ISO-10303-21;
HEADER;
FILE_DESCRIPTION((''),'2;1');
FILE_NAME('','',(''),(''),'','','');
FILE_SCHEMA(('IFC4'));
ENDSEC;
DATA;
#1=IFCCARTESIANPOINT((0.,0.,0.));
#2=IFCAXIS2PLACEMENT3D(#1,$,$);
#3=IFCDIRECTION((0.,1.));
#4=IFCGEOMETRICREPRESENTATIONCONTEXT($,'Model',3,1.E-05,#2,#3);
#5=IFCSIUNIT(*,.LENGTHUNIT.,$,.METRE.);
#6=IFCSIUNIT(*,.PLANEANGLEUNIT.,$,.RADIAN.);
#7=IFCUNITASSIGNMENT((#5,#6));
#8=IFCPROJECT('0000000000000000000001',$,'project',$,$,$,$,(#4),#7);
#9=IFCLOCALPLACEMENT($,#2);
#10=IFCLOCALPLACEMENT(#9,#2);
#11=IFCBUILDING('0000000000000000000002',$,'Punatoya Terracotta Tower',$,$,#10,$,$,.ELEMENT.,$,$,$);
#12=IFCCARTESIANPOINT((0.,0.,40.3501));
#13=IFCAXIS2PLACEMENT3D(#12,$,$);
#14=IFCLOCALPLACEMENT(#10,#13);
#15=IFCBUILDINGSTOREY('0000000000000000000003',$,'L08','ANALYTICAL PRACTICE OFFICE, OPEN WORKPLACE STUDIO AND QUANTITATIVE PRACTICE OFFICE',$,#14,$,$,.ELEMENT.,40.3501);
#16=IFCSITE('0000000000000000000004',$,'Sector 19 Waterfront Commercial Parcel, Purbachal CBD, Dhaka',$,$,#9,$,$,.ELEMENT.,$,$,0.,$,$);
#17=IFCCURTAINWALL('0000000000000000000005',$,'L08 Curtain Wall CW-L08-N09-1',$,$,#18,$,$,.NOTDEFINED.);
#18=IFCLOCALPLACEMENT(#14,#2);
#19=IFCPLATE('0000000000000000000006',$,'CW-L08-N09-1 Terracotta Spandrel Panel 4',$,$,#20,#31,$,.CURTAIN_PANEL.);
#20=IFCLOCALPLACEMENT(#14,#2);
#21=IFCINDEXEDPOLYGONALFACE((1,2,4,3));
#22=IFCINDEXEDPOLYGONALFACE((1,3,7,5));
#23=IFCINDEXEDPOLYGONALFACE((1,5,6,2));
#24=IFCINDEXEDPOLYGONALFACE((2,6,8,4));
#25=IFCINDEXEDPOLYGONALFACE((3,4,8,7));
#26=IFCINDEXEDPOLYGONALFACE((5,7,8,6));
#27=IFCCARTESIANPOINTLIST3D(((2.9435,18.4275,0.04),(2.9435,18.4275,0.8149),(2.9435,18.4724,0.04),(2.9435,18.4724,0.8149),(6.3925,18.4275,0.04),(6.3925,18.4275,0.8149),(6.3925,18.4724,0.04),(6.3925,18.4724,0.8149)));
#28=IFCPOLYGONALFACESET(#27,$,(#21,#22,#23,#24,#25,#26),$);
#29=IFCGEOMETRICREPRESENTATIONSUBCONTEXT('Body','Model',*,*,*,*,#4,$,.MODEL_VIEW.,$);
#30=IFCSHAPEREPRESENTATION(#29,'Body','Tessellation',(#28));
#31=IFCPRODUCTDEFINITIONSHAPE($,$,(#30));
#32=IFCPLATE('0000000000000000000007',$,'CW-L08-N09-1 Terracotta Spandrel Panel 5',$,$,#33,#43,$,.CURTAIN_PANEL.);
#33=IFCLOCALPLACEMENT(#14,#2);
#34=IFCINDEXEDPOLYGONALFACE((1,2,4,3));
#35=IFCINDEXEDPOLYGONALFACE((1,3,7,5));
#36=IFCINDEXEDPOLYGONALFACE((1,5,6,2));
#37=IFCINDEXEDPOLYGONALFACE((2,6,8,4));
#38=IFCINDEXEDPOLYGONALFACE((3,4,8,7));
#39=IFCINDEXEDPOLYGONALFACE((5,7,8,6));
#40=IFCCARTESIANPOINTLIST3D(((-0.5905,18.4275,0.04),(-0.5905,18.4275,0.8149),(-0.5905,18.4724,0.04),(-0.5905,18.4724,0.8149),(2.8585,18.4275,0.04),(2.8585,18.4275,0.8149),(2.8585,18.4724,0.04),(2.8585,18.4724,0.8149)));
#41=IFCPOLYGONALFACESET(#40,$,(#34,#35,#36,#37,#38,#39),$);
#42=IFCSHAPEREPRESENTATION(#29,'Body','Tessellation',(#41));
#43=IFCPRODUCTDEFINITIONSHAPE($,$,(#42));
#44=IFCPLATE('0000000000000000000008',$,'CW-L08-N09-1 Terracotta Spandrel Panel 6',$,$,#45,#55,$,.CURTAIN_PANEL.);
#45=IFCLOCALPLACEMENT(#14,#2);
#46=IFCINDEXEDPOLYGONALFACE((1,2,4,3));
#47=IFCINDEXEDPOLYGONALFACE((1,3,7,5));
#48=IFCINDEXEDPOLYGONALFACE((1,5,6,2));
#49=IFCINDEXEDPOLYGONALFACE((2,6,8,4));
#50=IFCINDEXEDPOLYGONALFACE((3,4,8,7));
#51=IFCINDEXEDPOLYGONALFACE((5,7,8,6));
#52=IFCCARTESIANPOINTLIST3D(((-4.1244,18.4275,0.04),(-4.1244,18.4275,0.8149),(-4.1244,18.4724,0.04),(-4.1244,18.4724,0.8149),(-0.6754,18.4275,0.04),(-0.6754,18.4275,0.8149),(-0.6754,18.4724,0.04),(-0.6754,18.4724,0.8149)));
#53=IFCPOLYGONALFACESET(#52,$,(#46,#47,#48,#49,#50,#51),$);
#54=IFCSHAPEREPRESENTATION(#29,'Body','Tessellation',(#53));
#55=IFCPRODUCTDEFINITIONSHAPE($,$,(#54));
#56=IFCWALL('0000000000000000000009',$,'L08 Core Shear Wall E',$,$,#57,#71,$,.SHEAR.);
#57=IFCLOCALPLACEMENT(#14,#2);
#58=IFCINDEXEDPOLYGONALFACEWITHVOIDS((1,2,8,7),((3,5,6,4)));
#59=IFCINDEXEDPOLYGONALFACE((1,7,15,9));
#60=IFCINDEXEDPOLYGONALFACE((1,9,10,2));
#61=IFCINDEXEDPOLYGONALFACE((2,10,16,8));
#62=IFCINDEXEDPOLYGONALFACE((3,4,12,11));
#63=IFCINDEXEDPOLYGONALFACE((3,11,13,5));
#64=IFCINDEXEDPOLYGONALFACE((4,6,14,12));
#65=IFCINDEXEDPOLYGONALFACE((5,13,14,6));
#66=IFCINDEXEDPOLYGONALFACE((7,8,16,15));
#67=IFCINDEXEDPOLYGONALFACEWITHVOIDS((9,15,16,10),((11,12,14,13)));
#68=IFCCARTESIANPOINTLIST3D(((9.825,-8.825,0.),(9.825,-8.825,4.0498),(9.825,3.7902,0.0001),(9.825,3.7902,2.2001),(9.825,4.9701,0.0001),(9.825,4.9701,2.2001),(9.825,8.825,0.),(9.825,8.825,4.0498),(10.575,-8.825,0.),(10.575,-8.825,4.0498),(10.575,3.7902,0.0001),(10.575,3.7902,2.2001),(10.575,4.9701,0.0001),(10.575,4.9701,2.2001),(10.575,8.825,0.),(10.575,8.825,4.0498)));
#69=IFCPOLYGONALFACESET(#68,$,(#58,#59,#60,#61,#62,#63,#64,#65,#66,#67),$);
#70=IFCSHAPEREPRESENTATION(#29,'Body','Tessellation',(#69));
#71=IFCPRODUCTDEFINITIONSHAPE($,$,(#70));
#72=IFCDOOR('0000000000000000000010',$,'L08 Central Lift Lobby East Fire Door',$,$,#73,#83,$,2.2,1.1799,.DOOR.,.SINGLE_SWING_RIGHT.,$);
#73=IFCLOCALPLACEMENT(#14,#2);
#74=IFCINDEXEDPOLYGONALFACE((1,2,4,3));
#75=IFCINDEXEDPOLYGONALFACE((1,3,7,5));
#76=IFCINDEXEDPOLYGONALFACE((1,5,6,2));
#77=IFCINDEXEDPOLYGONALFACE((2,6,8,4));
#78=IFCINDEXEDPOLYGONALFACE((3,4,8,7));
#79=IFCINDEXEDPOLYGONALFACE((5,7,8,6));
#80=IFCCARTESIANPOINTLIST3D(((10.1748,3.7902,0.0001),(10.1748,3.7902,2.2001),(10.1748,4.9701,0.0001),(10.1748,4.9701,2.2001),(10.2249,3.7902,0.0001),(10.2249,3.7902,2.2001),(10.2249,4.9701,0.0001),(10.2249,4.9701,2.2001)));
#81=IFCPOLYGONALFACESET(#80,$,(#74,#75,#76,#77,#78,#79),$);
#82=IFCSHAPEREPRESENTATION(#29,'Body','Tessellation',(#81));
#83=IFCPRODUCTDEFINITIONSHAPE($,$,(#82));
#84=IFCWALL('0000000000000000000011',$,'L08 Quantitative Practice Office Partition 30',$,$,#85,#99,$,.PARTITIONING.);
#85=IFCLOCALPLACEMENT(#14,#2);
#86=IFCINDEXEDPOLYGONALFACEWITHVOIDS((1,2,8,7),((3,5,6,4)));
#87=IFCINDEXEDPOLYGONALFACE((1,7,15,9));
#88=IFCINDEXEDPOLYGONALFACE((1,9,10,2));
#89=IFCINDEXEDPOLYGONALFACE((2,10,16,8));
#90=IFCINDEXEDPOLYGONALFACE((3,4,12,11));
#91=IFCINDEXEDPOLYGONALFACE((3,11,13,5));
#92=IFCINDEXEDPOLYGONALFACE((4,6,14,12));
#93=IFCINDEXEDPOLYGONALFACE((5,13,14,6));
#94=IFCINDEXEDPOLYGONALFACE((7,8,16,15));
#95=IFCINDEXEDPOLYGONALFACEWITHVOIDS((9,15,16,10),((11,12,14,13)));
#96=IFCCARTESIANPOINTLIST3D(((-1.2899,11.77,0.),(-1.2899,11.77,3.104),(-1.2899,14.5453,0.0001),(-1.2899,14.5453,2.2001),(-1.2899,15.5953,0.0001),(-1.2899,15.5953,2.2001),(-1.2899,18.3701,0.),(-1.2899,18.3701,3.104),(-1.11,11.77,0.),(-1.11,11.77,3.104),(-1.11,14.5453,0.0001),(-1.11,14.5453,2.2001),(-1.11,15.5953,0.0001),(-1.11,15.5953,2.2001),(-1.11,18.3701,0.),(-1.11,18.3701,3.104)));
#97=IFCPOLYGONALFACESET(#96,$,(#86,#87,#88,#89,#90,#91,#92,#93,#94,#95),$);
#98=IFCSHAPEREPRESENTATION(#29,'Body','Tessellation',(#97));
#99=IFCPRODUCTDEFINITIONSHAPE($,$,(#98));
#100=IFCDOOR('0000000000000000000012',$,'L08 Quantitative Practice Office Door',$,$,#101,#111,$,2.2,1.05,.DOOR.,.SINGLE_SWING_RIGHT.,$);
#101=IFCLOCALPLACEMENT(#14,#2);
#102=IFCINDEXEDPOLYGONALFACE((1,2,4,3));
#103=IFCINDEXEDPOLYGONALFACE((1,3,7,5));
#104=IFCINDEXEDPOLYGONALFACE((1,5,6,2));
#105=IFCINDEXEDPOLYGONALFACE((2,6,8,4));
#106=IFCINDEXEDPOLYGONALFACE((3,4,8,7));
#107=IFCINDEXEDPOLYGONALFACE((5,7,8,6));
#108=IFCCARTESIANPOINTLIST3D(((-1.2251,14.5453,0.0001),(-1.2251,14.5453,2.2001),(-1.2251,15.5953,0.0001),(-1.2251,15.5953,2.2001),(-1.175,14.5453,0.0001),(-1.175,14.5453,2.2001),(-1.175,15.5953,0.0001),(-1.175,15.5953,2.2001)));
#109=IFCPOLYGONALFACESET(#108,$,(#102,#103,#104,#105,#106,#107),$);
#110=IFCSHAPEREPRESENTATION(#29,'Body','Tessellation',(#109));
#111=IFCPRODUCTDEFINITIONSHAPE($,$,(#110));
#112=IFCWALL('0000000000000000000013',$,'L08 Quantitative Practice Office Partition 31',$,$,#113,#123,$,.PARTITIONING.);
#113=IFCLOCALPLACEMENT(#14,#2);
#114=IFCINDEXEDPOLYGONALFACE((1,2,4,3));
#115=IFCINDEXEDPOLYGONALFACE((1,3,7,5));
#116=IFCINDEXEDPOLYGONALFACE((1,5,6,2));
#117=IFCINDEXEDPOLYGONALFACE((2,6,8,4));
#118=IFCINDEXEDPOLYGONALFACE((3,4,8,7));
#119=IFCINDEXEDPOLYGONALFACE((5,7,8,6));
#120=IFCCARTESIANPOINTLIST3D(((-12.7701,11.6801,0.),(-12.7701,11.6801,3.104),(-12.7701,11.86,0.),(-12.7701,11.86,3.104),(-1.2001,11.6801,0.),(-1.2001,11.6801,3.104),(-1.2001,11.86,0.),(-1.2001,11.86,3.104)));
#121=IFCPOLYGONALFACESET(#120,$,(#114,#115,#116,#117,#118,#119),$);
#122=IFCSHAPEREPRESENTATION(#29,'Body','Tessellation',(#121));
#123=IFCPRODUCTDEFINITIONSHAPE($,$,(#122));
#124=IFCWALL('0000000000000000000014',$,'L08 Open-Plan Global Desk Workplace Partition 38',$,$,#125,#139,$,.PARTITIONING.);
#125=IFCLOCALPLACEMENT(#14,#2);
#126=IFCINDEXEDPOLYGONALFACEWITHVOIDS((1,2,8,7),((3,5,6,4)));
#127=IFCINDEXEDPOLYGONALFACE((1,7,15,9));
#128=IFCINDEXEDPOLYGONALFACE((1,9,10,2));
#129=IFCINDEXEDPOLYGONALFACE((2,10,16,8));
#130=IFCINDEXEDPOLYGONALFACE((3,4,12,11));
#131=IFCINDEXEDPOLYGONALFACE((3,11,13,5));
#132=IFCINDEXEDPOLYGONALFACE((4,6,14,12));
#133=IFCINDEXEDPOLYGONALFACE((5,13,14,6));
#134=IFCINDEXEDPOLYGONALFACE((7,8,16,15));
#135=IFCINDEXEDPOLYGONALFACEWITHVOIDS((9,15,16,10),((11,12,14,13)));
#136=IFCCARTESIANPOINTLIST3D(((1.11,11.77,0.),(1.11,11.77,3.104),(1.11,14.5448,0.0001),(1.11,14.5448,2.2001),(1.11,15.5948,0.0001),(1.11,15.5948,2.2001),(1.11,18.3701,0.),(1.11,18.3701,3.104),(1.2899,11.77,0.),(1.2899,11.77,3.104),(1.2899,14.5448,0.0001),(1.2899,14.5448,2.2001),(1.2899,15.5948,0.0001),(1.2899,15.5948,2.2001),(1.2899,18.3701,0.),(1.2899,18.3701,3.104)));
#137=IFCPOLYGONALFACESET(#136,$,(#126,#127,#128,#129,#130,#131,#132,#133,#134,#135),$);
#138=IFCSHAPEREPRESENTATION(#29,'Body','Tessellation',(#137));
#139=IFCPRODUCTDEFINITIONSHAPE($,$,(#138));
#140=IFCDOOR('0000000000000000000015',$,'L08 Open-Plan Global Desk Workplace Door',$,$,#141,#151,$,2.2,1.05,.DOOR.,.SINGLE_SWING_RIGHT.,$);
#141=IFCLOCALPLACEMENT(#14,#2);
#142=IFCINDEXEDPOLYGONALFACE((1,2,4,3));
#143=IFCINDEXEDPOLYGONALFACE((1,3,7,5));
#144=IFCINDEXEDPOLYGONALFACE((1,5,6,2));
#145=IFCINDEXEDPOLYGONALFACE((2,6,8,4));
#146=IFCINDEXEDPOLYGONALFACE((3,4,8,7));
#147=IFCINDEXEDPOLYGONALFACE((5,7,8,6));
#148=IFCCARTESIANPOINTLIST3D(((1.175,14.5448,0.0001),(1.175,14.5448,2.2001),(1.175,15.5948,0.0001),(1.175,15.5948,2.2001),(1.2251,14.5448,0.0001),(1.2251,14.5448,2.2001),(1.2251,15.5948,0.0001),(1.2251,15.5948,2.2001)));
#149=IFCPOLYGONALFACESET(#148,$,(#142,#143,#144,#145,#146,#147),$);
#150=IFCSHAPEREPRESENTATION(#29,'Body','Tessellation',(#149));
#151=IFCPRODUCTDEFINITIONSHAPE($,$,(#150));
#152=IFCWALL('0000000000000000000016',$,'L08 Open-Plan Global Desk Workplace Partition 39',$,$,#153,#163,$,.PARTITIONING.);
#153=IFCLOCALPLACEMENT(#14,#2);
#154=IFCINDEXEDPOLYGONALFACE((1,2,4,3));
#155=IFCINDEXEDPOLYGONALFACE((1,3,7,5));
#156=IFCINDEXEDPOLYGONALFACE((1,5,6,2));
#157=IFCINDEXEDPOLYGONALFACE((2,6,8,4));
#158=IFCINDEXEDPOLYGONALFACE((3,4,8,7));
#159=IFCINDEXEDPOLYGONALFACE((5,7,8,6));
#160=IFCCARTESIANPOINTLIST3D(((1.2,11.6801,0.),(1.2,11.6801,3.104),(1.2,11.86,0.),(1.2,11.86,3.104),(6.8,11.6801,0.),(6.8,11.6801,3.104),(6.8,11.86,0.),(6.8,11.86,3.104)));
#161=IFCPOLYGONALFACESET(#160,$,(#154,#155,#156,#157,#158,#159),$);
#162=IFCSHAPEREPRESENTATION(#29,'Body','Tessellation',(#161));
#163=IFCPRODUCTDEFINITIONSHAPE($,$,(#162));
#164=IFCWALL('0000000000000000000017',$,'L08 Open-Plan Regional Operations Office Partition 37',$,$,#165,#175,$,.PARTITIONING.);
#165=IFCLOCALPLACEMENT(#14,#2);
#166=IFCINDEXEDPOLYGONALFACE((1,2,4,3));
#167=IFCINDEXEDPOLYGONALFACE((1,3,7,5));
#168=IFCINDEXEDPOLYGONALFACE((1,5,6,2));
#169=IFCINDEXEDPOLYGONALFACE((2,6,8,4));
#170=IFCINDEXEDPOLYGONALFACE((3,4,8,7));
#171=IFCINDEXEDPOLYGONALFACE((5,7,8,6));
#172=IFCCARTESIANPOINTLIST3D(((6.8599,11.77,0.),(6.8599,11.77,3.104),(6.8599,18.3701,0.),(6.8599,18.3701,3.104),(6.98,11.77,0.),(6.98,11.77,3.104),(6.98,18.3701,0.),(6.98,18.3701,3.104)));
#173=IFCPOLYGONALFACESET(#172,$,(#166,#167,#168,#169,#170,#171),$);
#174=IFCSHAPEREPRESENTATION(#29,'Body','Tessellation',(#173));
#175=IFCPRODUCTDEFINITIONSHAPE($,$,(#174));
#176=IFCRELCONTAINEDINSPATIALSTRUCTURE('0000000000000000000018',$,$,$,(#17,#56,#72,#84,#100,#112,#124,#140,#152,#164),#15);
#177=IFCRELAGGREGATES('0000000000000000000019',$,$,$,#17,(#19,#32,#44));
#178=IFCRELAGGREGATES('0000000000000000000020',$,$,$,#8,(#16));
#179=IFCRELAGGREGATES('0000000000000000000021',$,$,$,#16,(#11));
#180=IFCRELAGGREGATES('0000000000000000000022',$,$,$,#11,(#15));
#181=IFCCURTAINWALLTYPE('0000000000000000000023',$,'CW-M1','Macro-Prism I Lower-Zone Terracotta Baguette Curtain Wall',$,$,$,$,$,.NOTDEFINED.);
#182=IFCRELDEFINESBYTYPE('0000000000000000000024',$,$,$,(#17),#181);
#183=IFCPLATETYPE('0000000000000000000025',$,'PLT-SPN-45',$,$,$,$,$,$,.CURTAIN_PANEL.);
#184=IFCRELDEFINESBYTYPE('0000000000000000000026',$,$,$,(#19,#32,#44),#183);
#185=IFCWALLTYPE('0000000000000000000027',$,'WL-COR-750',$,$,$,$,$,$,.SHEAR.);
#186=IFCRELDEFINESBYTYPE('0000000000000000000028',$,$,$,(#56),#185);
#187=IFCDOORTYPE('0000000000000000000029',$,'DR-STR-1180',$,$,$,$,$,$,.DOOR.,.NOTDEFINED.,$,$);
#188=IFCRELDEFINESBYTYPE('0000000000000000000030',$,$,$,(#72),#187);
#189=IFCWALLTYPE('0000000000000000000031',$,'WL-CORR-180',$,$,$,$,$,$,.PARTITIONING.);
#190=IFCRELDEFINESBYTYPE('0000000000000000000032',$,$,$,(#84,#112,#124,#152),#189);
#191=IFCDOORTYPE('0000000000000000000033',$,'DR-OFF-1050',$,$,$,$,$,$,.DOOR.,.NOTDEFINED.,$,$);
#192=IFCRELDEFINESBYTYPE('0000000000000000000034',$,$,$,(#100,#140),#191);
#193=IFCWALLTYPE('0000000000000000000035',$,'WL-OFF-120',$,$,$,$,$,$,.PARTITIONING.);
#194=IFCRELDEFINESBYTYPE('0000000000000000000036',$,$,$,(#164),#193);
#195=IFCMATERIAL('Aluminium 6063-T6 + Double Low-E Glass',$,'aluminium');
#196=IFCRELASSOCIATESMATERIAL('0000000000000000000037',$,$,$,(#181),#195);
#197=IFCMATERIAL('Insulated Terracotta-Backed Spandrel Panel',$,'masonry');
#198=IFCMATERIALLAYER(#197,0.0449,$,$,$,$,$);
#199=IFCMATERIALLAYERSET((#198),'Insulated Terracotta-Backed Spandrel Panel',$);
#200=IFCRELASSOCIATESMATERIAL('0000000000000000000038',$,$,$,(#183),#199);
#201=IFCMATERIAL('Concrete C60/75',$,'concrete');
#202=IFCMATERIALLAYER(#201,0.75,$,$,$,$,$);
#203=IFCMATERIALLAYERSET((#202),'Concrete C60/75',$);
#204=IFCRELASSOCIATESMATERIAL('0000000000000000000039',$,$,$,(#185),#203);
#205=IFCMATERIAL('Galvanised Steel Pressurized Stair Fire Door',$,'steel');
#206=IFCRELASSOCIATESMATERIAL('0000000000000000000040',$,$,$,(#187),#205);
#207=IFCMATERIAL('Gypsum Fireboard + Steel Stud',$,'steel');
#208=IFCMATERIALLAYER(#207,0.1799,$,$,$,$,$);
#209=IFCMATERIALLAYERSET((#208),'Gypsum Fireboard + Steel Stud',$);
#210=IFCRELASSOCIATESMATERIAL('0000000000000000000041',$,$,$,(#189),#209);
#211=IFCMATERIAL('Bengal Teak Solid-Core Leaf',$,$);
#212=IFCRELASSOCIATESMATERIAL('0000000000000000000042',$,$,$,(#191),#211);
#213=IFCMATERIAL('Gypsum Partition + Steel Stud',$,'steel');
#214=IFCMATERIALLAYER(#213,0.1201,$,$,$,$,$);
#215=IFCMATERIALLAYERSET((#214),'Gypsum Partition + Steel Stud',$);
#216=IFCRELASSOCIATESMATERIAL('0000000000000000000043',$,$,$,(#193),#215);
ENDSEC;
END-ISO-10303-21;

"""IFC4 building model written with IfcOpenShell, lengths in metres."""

from ifc_helpers import new_model, si_unit, direction, frame, frame_2d, origin, origin_2d, place, context, subcontext, project, spatial, rectangle, extrude, material, layer, layer_set, type_object, element, fill, aggregate, save


model = new_model("IFC4")

# Units and contexts
model_context = context("Model", 3, precision=1e-05, world=origin(), true_north=direction((0.0, 1.0)))
body_context = subcontext(model_context, "Body", "Model", "MODEL_VIEW")
ifc_project = project(units=[si_unit("LENGTHUNIT", "METRE"), si_unit("PLANEANGLEUNIT", "RADIAN")], contexts=[model_context])

# Site, building, storey
site_placement = place(None, origin())
site = spatial("IfcSite", under=ifc_project, at=site_placement, Name="Sector 19 Waterfront Commercial Parcel, Purbachal CBD, Dhaka", CompositionType="ELEMENT", RefElevation=0.0)
building_placement = place(site_placement, origin())
building = spatial("IfcBuilding", under=site, at=building_placement, Name="Punatoya Terracotta Tower", CompositionType="ELEMENT")
storey_placement = place(building_placement, frame((0.0, 0.0, 40.3501)))
storey = spatial("IfcBuildingStorey", under=building, at=storey_placement, Name="L08", Description="ANALYTICAL PRACTICE OFFICE, OPEN WORKPLACE STUDIO AND QUANTITATIVE PRACTICE OFFICE", CompositionType="ELEMENT", Elevation=40.3501)

# Curtain wall, plates
ifc_material_1 = material(Name="Aluminium 6063-T6 + Double Low-E Glass", Category="aluminium")
curtain_wall_type = type_object("IfcCurtainWallType", Name="CW-M1", Description="Macro-Prism I Lower-Zone Terracotta Baguette Curtain Wall", PredefinedType="NOTDEFINED", material=ifc_material_1)
curtain_wall_placement = place(storey_placement, origin())
curtain_wall = element("IfcCurtainWall", 1, at=curtain_wall_placement, inside=storey, type_object=curtain_wall_type, Name="L08 Curtain Wall CW-L08-N09-1", PredefinedType="NOTDEFINED")
ifc_material_2 = material(Name="Insulated Terracotta-Backed Spandrel Panel", Category="masonry")
ifc_layer_1 = layer(ifc_material_2, 0.0449)
ifc_layer_set_1 = layer_set([ifc_layer_1], Name="Insulated Terracotta-Backed Spandrel Panel")
plate_type_1 = type_object("IfcPlateType", Name="PLT-SPN-45", PredefinedType="CURTAIN_PANEL", material=ifc_layer_set_1)
plate_1_placement = place(storey_placement, frame((4.668, 18.45, 0.04), z_axis=(0.0, 0.0, 1.0), x_axis=(-1.0, 0.0, 0.0)))
plate_1 = element("IfcPlate", 2, at=plate_1_placement, type_object=plate_type_1, Name="CW-L08-N09-1 Terracotta Spandrel Panel 4", PredefinedType="CURTAIN_PANEL", context=body_context, shape_type="SweptSolid", body=[
    extrude(rectangle(XDim=3.449, YDim=0.0449, at=origin_2d()), origin(), (0.0, 0.0, 1.0), 0.7749),
])
plate_2_placement = place(storey_placement, frame((1.134, 18.45, 0.04), z_axis=(0.0, 0.0, 1.0), x_axis=(-1.0, 0.0, 0.0)))
plate_2 = element("IfcPlate", 3, at=plate_2_placement, type_object=plate_type_1, Name="CW-L08-N09-1 Terracotta Spandrel Panel 5", PredefinedType="CURTAIN_PANEL", context=body_context, shape_type="SweptSolid", body=[
    extrude(rectangle(XDim=3.449, YDim=0.0449, at=origin_2d()), origin(), (0.0, 0.0, 1.0), 0.7749),
])
plate_3_placement = place(storey_placement, frame((-2.3999, 18.45, 0.04), z_axis=(0.0, 0.0, 1.0), x_axis=(-1.0, 0.0, 0.0)))
plate_3 = element("IfcPlate", 4, at=plate_3_placement, type_object=plate_type_1, Name="CW-L08-N09-1 Terracotta Spandrel Panel 6", PredefinedType="CURTAIN_PANEL", context=body_context, shape_type="SweptSolid", body=[
    extrude(rectangle(XDim=3.449, YDim=0.0449, at=origin_2d()), origin(), (0.0, 0.0, 1.0), 0.7749),
])
aggregate(curtain_wall, [plate_1, plate_2, plate_3])

# Walls, openings, doors
ifc_material_3 = material(Name="Concrete C60/75", Category="concrete")
ifc_layer_2 = layer(ifc_material_3, 0.75)
ifc_layer_set_2 = layer_set([ifc_layer_2], Name="Concrete C60/75")
wall_type_1 = type_object("IfcWallType", Name="WL-COR-750", PredefinedType="SHEAR", material=ifc_layer_set_2)
wall_1_placement = place(storey_placement, frame((10.2, 8.825, 0.0), z_axis=(0.0, 0.0, 1.0), x_axis=(0.0, -1.0, 0.0)))
wall_1 = element("IfcWall", 5, at=wall_1_placement, inside=storey, type_object=wall_type_1, Name="L08 Core Shear Wall E", PredefinedType="SHEAR", context=body_context, shape_type="SweptSolid", body=[
    extrude(rectangle(XDim=17.6499, YDim=0.75, at=frame_2d((8.825, 0.0))), origin(), (0.0, 0.0, 1.0), 4.0498),
])
opening_1_placement = place(wall_1_placement, frame((3.855, 0.0, 0.0)))
opening_1 = element("IfcOpeningElement", 6, at=opening_1_placement, cuts=wall_1, PredefinedType="OPENING", context=body_context, shape_type="SweptSolid", body=[
    extrude(rectangle(XDim=1.1799, YDim=2.2, at=frame_2d((0.5898, 1.1001))), frame((0.0, 0.385, 0.0), z_axis=(0.0, -1.0, 0.0), x_axis=(1.0, 0.0, 0.0)), (0.0, 0.0, 1.0), 0.77),
])
ifc_material_4 = material(Name="Galvanised Steel Pressurized Stair Fire Door", Category="steel")
door_type_1 = type_object("IfcDoorType", Name="DR-STR-1180", OperationType="NOTDEFINED", PredefinedType="DOOR", material=ifc_material_4)
door_1_placement = place(opening_1_placement, origin())
door_1 = element("IfcDoor", 7, at=door_1_placement, inside=storey, type_object=door_type_1, Name="L08 Central Lift Lobby East Fire Door", OperationType="SINGLE_SWING_RIGHT", OverallHeight=2.2, OverallWidth=1.1799, PredefinedType="DOOR", context=body_context, shape_type="SweptSolid", body=[
    extrude(rectangle(XDim=1.1799, YDim=2.2, at=frame_2d((0.5898, 1.1001))), frame((0.0, 0.0249, 0.0), z_axis=(0.0, -1.0, 0.0), x_axis=(1.0, 0.0, 0.0)), (0.0, 0.0, 1.0), 0.05),
])
fill(opening_1, door_1)
ifc_material_5 = material(Name="Gypsum Fireboard + Steel Stud", Category="steel")
ifc_layer_3 = layer(ifc_material_5, 0.1799)
ifc_layer_set_3 = layer_set([ifc_layer_3], Name="Gypsum Fireboard + Steel Stud")
wall_type_2 = type_object("IfcWallType", Name="WL-CORR-180", PredefinedType="PARTITIONING", material=ifc_layer_set_3)
wall_2_placement = place(storey_placement, frame((-1.2, 18.3701, 0.0), z_axis=(0.0, 0.0, 1.0), x_axis=(0.0, -1.0, 0.0)))
wall_2 = element("IfcWall", 8, at=wall_2_placement, inside=storey, type_object=wall_type_2, Name="L08 Quantitative Practice Office Partition 30", PredefinedType="PARTITIONING", context=body_context, shape_type="SweptSolid", body=[
    extrude(rectangle(XDim=6.6001, YDim=0.1799, at=frame_2d((3.3, 0.0))), origin(), (0.0, 0.0, 1.0), 3.104),
])
opening_2_placement = place(wall_2_placement, frame((2.7749, 0.0, 0.0)))
opening_2 = element("IfcOpeningElement", 9, at=opening_2_placement, cuts=wall_2, PredefinedType="OPENING", context=body_context, shape_type="SweptSolid", body=[
    extrude(rectangle(XDim=1.05, YDim=2.2, at=frame_2d((0.5249, 1.1001))), frame((0.0, 0.0999, 0.0), z_axis=(0.0, -1.0, 0.0), x_axis=(1.0, 0.0, 0.0)), (0.0, 0.0, 1.0), 0.2),
])
ifc_material_6 = material(Name="Bengal Teak Solid-Core Leaf")
door_type_2 = type_object("IfcDoorType", Name="DR-OFF-1050", OperationType="NOTDEFINED", PredefinedType="DOOR", material=ifc_material_6)
door_2_placement = place(opening_2_placement, origin())
door_2 = element("IfcDoor", 10, at=door_2_placement, inside=storey, type_object=door_type_2, Name="L08 Quantitative Practice Office Door", OperationType="SINGLE_SWING_RIGHT", OverallHeight=2.2, OverallWidth=1.05, PredefinedType="DOOR", context=body_context, shape_type="SweptSolid", body=[
    extrude(rectangle(XDim=1.05, YDim=2.2, at=frame_2d((0.5249, 1.1001))), frame((0.0, 0.0249, 0.0), z_axis=(0.0, -1.0, 0.0), x_axis=(1.0, 0.0, 0.0)), (0.0, 0.0, 1.0), 0.05),
])
fill(opening_2, door_2)

# Wall
wall_3_placement = place(storey_placement, frame((-1.2, 11.77, 0.0), z_axis=(0.0, 0.0, 1.0), x_axis=(-1.0, 0.0, 0.0)))
element("IfcWall", 11, at=wall_3_placement, inside=storey, type_object=wall_type_2, Name="L08 Quantitative Practice Office Partition 31", PredefinedType="PARTITIONING", context=body_context, shape_type="SweptSolid", body=[
    extrude(rectangle(XDim=11.5701, YDim=0.1799, at=frame_2d((5.7852, 0.0))), origin(), (0.0, 0.0, 1.0), 3.104),
])

# Wall, opening, door
wall_4_placement = place(storey_placement, frame((1.2, 11.77, 0.0), z_axis=(0.0, 0.0, 1.0), x_axis=(0.0, 1.0, 0.0)))
wall_4 = element("IfcWall", 12, at=wall_4_placement, inside=storey, type_object=wall_type_2, Name="L08 Open-Plan Global Desk Workplace Partition 38", PredefinedType="PARTITIONING", context=body_context, shape_type="SweptSolid", body=[
    extrude(rectangle(XDim=6.6001, YDim=0.1799, at=frame_2d((3.3, 0.0))), origin(), (0.0, 0.0, 1.0), 3.104),
])
opening_3_placement = place(wall_4_placement, frame((2.7749, 0.0, 0.0)))
opening_3 = element("IfcOpeningElement", 13, at=opening_3_placement, cuts=wall_4, PredefinedType="OPENING", context=body_context, shape_type="SweptSolid", body=[
    extrude(rectangle(XDim=1.05, YDim=2.2, at=frame_2d((0.5249, 1.1001))), frame((0.0, 0.0999, 0.0), z_axis=(0.0, -1.0, 0.0), x_axis=(1.0, 0.0, 0.0)), (0.0, 0.0, 1.0), 0.2),
])
door_3_placement = place(opening_3_placement, origin())
door_3 = element("IfcDoor", 14, at=door_3_placement, inside=storey, type_object=door_type_2, Name="L08 Open-Plan Global Desk Workplace Door", OperationType="SINGLE_SWING_RIGHT", OverallHeight=2.2, OverallWidth=1.05, PredefinedType="DOOR", context=body_context, shape_type="SweptSolid", body=[
    extrude(rectangle(XDim=1.05, YDim=2.2, at=frame_2d((0.5249, 1.1001))), frame((0.0, 0.0249, 0.0), z_axis=(0.0, -1.0, 0.0), x_axis=(1.0, 0.0, 0.0)), (0.0, 0.0, 1.0), 0.05),
])
fill(opening_3, door_3)

# Walls
wall_5_placement = place(storey_placement, frame((6.8, 11.77, 0.0), z_axis=(0.0, 0.0, 1.0), x_axis=(-1.0, 0.0, 0.0)))
element("IfcWall", 15, at=wall_5_placement, inside=storey, type_object=wall_type_2, Name="L08 Open-Plan Global Desk Workplace Partition 39", PredefinedType="PARTITIONING", context=body_context, shape_type="SweptSolid", body=[
    extrude(rectangle(XDim=5.6001, YDim=0.1799, at=frame_2d((2.8, 0.0))), origin(), (0.0, 0.0, 1.0), 3.104),
])
ifc_material_7 = material(Name="Gypsum Partition + Steel Stud", Category="steel")
ifc_layer_4 = layer(ifc_material_7, 0.1201)
ifc_layer_set_4 = layer_set([ifc_layer_4], Name="Gypsum Partition + Steel Stud")
wall_type_3 = type_object("IfcWallType", Name="WL-OFF-120", PredefinedType="PARTITIONING", material=ifc_layer_set_4)
wall_6_placement = place(storey_placement, frame((6.9199, 11.77, 0.0), z_axis=(0.0, 0.0, 1.0), x_axis=(0.0, 1.0, 0.0)))
element("IfcWall", 16, at=wall_6_placement, inside=storey, type_object=wall_type_3, Name="L08 Open-Plan Regional Operations Office Partition 37", PredefinedType="PARTITIONING", context=body_context, shape_type="SweptSolid", body=[
    extrude(rectangle(XDim=6.6001, YDim=0.1201, at=frame_2d((3.3, 0.0))), origin(), (0.0, 0.0, 1.0), 3.104),
])

save(model, "model.ifc")
